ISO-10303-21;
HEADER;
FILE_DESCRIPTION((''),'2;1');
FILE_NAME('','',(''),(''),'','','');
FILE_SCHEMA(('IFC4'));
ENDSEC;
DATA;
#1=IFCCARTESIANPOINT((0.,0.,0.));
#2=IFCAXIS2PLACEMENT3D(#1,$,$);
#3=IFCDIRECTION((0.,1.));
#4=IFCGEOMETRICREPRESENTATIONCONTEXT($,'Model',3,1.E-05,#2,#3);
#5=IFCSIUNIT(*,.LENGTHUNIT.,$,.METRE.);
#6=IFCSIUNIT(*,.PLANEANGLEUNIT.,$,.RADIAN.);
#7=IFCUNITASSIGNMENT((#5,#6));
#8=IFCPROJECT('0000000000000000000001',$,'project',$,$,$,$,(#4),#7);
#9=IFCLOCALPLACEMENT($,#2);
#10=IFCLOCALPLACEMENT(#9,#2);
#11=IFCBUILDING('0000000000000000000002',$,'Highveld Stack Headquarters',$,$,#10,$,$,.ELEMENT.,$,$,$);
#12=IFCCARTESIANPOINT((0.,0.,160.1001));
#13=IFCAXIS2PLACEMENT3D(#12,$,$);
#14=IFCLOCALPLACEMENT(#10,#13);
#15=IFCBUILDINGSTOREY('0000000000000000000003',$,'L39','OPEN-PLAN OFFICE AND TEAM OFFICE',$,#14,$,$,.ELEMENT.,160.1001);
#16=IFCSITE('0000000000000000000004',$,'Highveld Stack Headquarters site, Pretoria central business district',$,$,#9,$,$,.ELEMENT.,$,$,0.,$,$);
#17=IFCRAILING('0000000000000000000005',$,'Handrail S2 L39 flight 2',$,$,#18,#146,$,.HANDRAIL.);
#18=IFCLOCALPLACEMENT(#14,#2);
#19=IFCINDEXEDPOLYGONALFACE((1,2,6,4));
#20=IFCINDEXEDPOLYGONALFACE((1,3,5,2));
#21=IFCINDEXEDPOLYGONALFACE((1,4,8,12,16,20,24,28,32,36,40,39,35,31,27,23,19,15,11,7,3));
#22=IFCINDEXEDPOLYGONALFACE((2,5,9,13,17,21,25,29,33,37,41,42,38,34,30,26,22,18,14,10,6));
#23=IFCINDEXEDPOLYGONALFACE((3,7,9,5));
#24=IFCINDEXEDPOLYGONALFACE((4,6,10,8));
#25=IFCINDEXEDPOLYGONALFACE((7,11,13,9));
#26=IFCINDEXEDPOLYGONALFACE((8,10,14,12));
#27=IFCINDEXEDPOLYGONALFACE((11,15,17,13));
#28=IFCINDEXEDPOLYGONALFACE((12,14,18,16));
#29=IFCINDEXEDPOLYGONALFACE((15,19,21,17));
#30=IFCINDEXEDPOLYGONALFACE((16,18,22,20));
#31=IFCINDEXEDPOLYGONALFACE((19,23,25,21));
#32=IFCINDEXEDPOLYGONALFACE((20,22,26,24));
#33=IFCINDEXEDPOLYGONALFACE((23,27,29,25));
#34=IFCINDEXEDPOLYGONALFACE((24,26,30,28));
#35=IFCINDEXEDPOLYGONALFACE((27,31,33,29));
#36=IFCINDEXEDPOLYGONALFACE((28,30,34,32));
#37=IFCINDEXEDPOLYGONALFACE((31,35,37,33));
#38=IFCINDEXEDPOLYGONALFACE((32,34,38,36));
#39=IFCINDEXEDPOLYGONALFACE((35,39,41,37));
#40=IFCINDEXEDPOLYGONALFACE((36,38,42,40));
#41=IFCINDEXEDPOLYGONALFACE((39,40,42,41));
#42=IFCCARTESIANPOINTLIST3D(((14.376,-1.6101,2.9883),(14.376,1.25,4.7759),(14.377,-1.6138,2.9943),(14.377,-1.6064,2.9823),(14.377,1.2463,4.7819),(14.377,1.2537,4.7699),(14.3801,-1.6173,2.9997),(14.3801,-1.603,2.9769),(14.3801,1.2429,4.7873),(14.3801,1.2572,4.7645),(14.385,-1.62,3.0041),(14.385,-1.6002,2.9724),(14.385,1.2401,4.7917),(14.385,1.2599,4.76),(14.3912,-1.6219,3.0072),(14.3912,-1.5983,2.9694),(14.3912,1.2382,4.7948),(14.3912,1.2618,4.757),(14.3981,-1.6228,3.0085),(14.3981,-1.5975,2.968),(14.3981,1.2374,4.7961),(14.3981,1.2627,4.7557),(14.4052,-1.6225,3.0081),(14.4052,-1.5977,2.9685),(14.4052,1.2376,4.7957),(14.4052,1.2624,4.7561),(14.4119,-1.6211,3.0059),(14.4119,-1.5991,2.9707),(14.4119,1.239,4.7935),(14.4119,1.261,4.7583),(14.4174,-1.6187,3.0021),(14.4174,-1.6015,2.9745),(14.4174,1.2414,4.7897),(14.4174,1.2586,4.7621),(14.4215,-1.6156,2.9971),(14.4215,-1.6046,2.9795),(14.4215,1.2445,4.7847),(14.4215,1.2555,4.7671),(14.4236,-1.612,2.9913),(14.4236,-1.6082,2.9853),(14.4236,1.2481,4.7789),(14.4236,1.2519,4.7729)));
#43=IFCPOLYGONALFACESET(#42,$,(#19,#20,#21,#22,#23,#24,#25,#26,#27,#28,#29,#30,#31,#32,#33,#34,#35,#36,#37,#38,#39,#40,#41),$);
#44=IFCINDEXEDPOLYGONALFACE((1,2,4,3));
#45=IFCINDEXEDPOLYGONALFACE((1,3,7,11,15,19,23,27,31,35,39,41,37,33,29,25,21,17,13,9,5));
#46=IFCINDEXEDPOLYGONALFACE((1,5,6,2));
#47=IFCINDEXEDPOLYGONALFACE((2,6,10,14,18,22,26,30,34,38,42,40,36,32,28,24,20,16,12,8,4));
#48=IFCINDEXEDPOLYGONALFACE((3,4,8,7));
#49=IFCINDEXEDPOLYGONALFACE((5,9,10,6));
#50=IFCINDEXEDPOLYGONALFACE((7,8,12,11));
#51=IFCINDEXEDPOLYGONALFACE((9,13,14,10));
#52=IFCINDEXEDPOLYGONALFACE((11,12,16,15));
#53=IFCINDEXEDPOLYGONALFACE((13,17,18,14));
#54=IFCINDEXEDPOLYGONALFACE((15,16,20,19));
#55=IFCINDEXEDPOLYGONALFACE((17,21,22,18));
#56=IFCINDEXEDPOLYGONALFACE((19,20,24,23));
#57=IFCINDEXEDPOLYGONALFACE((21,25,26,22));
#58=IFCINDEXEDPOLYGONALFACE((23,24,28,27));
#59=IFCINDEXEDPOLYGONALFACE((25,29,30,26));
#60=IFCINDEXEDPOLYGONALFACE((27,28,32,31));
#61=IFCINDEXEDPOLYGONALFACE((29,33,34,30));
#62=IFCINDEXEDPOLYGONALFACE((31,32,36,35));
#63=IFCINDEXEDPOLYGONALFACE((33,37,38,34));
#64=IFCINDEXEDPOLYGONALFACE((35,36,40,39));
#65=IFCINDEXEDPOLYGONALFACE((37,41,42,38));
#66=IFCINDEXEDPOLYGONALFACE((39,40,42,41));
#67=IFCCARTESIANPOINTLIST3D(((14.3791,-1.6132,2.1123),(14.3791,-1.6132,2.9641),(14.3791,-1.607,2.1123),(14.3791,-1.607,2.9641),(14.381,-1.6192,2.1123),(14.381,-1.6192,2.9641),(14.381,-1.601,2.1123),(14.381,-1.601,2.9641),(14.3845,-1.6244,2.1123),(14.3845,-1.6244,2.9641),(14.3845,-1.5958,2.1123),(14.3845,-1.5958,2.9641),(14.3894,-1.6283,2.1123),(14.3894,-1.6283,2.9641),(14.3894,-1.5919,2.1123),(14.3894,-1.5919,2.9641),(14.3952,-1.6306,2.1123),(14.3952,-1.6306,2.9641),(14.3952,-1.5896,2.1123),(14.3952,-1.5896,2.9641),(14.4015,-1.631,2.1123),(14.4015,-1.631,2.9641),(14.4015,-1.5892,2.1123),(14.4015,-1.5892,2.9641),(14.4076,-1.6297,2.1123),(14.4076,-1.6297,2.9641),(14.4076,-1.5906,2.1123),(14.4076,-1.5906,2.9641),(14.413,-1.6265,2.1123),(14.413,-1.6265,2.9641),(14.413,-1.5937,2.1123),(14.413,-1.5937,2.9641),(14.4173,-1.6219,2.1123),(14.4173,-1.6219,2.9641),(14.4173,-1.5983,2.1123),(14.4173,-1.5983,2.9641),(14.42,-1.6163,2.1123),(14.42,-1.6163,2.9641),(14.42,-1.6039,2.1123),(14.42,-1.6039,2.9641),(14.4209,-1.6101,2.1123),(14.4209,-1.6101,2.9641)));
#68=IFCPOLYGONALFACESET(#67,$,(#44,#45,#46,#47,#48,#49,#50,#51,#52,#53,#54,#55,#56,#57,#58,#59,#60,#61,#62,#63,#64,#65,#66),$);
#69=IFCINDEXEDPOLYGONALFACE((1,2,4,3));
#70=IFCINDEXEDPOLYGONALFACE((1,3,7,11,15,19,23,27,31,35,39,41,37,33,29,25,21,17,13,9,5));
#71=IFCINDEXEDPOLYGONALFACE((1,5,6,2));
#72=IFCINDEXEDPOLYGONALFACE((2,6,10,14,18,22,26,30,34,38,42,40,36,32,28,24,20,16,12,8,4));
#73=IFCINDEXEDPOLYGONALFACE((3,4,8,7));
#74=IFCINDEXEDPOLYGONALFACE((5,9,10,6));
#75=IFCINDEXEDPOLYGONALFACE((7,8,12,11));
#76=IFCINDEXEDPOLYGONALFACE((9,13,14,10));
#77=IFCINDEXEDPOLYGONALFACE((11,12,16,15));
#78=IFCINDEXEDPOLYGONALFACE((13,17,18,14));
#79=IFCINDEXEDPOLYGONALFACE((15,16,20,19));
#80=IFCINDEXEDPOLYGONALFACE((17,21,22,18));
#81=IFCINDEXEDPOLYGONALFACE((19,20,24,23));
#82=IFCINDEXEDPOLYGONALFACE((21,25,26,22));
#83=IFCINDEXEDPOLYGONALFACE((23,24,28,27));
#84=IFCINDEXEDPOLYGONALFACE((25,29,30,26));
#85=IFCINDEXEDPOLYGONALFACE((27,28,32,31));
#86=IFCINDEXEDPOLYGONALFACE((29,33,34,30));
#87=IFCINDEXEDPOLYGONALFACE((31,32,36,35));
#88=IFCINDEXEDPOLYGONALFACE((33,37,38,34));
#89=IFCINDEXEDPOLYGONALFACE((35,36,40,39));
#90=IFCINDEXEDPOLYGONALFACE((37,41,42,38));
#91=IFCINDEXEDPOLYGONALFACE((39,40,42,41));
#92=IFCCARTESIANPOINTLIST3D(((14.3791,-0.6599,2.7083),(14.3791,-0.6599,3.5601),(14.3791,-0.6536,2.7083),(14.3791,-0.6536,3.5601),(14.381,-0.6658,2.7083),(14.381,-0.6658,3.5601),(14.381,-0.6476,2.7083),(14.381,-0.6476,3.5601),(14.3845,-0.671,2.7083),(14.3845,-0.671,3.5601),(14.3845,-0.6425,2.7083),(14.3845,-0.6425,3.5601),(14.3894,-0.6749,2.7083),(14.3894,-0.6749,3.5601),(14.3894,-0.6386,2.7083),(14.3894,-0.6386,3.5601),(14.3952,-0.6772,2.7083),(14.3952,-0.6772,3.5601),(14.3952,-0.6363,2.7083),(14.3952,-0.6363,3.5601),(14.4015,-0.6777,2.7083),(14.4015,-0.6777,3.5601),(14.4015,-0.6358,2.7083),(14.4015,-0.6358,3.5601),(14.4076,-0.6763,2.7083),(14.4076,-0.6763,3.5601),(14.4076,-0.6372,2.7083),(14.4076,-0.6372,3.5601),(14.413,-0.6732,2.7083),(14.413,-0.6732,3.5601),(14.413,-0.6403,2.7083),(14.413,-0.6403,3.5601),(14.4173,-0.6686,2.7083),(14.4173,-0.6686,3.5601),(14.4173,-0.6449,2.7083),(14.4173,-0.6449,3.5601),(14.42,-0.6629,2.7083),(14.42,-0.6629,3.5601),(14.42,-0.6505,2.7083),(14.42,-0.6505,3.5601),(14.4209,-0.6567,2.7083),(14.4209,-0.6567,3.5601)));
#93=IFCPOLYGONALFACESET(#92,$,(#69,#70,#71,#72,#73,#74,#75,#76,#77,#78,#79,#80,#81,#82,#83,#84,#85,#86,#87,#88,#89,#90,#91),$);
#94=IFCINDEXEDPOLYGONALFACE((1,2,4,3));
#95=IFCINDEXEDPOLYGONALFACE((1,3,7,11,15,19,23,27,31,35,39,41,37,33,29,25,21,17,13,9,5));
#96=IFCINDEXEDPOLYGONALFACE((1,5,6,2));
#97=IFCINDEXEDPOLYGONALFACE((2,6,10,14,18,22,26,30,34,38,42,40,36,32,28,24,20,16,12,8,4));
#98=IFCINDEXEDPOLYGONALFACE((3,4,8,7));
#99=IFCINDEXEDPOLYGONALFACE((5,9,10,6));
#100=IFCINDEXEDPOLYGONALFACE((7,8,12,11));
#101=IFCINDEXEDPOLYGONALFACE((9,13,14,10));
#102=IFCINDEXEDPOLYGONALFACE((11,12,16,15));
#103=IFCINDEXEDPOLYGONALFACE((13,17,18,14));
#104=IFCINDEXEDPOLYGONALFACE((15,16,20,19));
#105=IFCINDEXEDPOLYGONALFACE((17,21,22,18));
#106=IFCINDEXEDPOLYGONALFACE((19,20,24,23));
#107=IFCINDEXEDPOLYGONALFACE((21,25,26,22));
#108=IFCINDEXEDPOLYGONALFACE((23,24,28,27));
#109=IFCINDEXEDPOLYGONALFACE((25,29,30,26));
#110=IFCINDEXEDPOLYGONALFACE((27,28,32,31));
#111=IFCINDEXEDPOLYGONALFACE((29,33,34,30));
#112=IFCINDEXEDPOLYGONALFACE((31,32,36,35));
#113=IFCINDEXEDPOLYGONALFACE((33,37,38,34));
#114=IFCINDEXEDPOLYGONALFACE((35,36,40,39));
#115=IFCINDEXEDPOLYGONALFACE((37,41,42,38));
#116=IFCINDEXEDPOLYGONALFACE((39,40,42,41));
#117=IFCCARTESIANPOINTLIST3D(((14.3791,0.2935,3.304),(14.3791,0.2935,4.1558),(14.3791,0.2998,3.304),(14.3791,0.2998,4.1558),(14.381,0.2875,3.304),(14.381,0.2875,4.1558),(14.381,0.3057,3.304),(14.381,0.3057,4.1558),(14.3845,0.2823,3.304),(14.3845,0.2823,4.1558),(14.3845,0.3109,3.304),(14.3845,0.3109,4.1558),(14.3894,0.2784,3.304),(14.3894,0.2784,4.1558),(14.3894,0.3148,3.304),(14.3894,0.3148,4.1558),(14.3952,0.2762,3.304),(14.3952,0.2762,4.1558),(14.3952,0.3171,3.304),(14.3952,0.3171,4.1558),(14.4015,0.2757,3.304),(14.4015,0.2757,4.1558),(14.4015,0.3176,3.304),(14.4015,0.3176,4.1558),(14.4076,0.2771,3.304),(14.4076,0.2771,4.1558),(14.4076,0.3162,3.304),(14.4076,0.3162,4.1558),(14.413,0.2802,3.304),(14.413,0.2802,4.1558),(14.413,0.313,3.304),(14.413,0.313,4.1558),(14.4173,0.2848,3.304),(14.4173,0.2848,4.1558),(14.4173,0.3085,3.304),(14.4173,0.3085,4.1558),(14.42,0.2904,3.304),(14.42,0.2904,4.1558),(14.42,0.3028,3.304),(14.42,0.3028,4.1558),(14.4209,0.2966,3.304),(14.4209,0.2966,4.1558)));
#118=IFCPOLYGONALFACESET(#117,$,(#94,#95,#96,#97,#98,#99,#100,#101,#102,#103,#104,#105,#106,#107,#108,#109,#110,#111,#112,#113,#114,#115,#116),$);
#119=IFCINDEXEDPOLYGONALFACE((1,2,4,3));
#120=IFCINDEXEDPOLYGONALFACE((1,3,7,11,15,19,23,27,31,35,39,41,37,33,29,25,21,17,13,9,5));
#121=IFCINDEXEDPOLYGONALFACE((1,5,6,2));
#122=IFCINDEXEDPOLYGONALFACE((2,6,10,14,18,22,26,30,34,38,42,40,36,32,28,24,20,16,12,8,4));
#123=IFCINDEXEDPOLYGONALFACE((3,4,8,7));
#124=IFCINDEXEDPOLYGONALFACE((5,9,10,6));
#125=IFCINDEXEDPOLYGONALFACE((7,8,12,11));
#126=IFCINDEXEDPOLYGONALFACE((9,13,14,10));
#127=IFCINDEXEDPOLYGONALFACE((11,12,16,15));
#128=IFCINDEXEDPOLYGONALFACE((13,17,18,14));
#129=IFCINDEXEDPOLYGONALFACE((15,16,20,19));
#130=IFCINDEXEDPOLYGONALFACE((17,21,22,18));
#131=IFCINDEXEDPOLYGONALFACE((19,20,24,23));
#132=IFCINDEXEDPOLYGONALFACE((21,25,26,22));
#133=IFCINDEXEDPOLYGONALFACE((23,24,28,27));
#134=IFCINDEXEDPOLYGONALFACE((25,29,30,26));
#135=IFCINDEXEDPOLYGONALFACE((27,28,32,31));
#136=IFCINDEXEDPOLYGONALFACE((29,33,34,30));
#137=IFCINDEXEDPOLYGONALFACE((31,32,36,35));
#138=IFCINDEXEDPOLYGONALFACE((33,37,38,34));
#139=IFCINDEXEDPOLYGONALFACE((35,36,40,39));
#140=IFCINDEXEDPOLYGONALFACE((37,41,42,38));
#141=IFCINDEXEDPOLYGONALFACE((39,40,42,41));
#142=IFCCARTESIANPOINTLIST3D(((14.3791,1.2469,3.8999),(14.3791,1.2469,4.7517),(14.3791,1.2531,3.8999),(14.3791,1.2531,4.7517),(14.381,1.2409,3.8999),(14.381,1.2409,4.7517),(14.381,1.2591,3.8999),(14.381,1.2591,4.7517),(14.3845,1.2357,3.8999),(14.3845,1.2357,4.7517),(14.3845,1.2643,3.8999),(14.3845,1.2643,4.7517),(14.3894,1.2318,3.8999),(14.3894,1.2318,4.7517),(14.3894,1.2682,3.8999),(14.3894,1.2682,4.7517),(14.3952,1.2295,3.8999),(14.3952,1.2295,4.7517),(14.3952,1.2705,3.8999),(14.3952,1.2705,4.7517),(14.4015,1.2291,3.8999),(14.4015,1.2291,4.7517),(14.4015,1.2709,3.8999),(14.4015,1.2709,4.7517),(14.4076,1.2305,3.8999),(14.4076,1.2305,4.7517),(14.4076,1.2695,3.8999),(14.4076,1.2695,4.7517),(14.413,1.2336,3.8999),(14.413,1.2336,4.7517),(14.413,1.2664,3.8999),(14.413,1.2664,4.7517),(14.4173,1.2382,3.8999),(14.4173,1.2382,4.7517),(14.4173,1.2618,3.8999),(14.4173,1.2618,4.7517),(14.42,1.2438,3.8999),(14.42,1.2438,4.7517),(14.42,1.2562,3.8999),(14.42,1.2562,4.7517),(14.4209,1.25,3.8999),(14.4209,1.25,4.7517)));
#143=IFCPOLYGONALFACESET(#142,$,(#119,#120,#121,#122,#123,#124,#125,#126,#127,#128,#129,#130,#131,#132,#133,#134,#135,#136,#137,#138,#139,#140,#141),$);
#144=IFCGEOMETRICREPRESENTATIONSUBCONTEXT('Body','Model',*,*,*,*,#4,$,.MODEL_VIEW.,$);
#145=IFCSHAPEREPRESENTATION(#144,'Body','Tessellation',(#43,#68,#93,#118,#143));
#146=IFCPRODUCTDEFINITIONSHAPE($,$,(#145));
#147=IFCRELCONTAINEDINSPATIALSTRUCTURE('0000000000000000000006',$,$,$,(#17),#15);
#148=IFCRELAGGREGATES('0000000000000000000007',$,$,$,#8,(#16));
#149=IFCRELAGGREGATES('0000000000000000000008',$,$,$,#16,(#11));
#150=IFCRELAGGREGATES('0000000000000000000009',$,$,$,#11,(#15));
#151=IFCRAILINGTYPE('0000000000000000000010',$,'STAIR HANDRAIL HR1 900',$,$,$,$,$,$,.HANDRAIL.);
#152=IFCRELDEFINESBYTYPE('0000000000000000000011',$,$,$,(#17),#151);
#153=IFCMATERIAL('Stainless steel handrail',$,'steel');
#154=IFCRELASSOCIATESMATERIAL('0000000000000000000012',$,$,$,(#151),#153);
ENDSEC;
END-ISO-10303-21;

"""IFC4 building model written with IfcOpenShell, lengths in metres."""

from ifc_helpers import new_model, si_unit, direction, frame, origin, origin_2d, place, context, subcontext, project, spatial, circle, extrude, material, type_object, element, save


model = new_model("IFC4")

# Units and contexts
model_context = context("Model", 3, precision=1e-05, world=origin(), true_north=direction((0.0, 1.0)))
body_context = subcontext(model_context, "Body", "Model", "MODEL_VIEW")
ifc_project = project(units=[si_unit("LENGTHUNIT", "METRE"), si_unit("PLANEANGLEUNIT", "RADIAN")], contexts=[model_context])

# Site, building, storey
site_placement = place(None, origin())
site = spatial("IfcSite", under=ifc_project, at=site_placement, Name="Highveld Stack Headquarters site, Pretoria central business district", CompositionType="ELEMENT", RefElevation=0.0)
building_placement = place(site_placement, origin())
building = spatial("IfcBuilding", under=site, at=building_placement, Name="Highveld Stack Headquarters", CompositionType="ELEMENT")
storey_placement = place(building_placement, frame((0.0, 0.0, 160.1001)))
storey = spatial("IfcBuildingStorey", under=building, at=storey_placement, Name="L39", Description="OPEN-PLAN OFFICE AND TEAM OFFICE", CompositionType="ELEMENT", Elevation=160.1001)

# Railing
ifc_material_1 = material(Name="Stainless steel handrail", Category="steel")
railing_type = type_object("IfcRailingType", Name="STAIR HANDRAIL HR1 900", PredefinedType="HANDRAIL", material=ifc_material_1)
for number, where, name in (
    (1, (14.3999, -1.6101, 2.1123), "Handrail S2 L39 flight 2"),
):
    element("IfcRailing", number, at=place(storey_placement, frame(where)), inside=storey, type_object=railing_type, Name=name, PredefinedType="HANDRAIL", context=body_context, shape_type="SweptSolid", body=[
        extrude(circle(Radius=0.0239, at=origin_2d()), frame((0.0, 0.0, 0.876), z_axis=(0.0, 0.847994, 0.530005), x_axis=(-1.0, 0.0, 0.0)), (0.0, 0.0, 1.0), 3.3728),
        extrude(circle(Radius=0.021, at=origin_2d()), origin(), (0.0, 0.0, 1.0), 0.8518),
        extrude(circle(Radius=0.021, at=origin_2d()), frame((0.0, 0.9534, 0.5959)), (0.0, 0.0, 1.0), 0.8518),
        extrude(circle(Radius=0.021, at=origin_2d()), frame((0.0, 1.9067, 1.1917)), (0.0, 0.0, 1.0), 0.8518),
        extrude(circle(Radius=0.021, at=origin_2d()), frame((0.0, 2.8601, 1.7876)), (0.0, 0.0, 1.0), 0.8518),
    ])

save(model, "model.ifc")
